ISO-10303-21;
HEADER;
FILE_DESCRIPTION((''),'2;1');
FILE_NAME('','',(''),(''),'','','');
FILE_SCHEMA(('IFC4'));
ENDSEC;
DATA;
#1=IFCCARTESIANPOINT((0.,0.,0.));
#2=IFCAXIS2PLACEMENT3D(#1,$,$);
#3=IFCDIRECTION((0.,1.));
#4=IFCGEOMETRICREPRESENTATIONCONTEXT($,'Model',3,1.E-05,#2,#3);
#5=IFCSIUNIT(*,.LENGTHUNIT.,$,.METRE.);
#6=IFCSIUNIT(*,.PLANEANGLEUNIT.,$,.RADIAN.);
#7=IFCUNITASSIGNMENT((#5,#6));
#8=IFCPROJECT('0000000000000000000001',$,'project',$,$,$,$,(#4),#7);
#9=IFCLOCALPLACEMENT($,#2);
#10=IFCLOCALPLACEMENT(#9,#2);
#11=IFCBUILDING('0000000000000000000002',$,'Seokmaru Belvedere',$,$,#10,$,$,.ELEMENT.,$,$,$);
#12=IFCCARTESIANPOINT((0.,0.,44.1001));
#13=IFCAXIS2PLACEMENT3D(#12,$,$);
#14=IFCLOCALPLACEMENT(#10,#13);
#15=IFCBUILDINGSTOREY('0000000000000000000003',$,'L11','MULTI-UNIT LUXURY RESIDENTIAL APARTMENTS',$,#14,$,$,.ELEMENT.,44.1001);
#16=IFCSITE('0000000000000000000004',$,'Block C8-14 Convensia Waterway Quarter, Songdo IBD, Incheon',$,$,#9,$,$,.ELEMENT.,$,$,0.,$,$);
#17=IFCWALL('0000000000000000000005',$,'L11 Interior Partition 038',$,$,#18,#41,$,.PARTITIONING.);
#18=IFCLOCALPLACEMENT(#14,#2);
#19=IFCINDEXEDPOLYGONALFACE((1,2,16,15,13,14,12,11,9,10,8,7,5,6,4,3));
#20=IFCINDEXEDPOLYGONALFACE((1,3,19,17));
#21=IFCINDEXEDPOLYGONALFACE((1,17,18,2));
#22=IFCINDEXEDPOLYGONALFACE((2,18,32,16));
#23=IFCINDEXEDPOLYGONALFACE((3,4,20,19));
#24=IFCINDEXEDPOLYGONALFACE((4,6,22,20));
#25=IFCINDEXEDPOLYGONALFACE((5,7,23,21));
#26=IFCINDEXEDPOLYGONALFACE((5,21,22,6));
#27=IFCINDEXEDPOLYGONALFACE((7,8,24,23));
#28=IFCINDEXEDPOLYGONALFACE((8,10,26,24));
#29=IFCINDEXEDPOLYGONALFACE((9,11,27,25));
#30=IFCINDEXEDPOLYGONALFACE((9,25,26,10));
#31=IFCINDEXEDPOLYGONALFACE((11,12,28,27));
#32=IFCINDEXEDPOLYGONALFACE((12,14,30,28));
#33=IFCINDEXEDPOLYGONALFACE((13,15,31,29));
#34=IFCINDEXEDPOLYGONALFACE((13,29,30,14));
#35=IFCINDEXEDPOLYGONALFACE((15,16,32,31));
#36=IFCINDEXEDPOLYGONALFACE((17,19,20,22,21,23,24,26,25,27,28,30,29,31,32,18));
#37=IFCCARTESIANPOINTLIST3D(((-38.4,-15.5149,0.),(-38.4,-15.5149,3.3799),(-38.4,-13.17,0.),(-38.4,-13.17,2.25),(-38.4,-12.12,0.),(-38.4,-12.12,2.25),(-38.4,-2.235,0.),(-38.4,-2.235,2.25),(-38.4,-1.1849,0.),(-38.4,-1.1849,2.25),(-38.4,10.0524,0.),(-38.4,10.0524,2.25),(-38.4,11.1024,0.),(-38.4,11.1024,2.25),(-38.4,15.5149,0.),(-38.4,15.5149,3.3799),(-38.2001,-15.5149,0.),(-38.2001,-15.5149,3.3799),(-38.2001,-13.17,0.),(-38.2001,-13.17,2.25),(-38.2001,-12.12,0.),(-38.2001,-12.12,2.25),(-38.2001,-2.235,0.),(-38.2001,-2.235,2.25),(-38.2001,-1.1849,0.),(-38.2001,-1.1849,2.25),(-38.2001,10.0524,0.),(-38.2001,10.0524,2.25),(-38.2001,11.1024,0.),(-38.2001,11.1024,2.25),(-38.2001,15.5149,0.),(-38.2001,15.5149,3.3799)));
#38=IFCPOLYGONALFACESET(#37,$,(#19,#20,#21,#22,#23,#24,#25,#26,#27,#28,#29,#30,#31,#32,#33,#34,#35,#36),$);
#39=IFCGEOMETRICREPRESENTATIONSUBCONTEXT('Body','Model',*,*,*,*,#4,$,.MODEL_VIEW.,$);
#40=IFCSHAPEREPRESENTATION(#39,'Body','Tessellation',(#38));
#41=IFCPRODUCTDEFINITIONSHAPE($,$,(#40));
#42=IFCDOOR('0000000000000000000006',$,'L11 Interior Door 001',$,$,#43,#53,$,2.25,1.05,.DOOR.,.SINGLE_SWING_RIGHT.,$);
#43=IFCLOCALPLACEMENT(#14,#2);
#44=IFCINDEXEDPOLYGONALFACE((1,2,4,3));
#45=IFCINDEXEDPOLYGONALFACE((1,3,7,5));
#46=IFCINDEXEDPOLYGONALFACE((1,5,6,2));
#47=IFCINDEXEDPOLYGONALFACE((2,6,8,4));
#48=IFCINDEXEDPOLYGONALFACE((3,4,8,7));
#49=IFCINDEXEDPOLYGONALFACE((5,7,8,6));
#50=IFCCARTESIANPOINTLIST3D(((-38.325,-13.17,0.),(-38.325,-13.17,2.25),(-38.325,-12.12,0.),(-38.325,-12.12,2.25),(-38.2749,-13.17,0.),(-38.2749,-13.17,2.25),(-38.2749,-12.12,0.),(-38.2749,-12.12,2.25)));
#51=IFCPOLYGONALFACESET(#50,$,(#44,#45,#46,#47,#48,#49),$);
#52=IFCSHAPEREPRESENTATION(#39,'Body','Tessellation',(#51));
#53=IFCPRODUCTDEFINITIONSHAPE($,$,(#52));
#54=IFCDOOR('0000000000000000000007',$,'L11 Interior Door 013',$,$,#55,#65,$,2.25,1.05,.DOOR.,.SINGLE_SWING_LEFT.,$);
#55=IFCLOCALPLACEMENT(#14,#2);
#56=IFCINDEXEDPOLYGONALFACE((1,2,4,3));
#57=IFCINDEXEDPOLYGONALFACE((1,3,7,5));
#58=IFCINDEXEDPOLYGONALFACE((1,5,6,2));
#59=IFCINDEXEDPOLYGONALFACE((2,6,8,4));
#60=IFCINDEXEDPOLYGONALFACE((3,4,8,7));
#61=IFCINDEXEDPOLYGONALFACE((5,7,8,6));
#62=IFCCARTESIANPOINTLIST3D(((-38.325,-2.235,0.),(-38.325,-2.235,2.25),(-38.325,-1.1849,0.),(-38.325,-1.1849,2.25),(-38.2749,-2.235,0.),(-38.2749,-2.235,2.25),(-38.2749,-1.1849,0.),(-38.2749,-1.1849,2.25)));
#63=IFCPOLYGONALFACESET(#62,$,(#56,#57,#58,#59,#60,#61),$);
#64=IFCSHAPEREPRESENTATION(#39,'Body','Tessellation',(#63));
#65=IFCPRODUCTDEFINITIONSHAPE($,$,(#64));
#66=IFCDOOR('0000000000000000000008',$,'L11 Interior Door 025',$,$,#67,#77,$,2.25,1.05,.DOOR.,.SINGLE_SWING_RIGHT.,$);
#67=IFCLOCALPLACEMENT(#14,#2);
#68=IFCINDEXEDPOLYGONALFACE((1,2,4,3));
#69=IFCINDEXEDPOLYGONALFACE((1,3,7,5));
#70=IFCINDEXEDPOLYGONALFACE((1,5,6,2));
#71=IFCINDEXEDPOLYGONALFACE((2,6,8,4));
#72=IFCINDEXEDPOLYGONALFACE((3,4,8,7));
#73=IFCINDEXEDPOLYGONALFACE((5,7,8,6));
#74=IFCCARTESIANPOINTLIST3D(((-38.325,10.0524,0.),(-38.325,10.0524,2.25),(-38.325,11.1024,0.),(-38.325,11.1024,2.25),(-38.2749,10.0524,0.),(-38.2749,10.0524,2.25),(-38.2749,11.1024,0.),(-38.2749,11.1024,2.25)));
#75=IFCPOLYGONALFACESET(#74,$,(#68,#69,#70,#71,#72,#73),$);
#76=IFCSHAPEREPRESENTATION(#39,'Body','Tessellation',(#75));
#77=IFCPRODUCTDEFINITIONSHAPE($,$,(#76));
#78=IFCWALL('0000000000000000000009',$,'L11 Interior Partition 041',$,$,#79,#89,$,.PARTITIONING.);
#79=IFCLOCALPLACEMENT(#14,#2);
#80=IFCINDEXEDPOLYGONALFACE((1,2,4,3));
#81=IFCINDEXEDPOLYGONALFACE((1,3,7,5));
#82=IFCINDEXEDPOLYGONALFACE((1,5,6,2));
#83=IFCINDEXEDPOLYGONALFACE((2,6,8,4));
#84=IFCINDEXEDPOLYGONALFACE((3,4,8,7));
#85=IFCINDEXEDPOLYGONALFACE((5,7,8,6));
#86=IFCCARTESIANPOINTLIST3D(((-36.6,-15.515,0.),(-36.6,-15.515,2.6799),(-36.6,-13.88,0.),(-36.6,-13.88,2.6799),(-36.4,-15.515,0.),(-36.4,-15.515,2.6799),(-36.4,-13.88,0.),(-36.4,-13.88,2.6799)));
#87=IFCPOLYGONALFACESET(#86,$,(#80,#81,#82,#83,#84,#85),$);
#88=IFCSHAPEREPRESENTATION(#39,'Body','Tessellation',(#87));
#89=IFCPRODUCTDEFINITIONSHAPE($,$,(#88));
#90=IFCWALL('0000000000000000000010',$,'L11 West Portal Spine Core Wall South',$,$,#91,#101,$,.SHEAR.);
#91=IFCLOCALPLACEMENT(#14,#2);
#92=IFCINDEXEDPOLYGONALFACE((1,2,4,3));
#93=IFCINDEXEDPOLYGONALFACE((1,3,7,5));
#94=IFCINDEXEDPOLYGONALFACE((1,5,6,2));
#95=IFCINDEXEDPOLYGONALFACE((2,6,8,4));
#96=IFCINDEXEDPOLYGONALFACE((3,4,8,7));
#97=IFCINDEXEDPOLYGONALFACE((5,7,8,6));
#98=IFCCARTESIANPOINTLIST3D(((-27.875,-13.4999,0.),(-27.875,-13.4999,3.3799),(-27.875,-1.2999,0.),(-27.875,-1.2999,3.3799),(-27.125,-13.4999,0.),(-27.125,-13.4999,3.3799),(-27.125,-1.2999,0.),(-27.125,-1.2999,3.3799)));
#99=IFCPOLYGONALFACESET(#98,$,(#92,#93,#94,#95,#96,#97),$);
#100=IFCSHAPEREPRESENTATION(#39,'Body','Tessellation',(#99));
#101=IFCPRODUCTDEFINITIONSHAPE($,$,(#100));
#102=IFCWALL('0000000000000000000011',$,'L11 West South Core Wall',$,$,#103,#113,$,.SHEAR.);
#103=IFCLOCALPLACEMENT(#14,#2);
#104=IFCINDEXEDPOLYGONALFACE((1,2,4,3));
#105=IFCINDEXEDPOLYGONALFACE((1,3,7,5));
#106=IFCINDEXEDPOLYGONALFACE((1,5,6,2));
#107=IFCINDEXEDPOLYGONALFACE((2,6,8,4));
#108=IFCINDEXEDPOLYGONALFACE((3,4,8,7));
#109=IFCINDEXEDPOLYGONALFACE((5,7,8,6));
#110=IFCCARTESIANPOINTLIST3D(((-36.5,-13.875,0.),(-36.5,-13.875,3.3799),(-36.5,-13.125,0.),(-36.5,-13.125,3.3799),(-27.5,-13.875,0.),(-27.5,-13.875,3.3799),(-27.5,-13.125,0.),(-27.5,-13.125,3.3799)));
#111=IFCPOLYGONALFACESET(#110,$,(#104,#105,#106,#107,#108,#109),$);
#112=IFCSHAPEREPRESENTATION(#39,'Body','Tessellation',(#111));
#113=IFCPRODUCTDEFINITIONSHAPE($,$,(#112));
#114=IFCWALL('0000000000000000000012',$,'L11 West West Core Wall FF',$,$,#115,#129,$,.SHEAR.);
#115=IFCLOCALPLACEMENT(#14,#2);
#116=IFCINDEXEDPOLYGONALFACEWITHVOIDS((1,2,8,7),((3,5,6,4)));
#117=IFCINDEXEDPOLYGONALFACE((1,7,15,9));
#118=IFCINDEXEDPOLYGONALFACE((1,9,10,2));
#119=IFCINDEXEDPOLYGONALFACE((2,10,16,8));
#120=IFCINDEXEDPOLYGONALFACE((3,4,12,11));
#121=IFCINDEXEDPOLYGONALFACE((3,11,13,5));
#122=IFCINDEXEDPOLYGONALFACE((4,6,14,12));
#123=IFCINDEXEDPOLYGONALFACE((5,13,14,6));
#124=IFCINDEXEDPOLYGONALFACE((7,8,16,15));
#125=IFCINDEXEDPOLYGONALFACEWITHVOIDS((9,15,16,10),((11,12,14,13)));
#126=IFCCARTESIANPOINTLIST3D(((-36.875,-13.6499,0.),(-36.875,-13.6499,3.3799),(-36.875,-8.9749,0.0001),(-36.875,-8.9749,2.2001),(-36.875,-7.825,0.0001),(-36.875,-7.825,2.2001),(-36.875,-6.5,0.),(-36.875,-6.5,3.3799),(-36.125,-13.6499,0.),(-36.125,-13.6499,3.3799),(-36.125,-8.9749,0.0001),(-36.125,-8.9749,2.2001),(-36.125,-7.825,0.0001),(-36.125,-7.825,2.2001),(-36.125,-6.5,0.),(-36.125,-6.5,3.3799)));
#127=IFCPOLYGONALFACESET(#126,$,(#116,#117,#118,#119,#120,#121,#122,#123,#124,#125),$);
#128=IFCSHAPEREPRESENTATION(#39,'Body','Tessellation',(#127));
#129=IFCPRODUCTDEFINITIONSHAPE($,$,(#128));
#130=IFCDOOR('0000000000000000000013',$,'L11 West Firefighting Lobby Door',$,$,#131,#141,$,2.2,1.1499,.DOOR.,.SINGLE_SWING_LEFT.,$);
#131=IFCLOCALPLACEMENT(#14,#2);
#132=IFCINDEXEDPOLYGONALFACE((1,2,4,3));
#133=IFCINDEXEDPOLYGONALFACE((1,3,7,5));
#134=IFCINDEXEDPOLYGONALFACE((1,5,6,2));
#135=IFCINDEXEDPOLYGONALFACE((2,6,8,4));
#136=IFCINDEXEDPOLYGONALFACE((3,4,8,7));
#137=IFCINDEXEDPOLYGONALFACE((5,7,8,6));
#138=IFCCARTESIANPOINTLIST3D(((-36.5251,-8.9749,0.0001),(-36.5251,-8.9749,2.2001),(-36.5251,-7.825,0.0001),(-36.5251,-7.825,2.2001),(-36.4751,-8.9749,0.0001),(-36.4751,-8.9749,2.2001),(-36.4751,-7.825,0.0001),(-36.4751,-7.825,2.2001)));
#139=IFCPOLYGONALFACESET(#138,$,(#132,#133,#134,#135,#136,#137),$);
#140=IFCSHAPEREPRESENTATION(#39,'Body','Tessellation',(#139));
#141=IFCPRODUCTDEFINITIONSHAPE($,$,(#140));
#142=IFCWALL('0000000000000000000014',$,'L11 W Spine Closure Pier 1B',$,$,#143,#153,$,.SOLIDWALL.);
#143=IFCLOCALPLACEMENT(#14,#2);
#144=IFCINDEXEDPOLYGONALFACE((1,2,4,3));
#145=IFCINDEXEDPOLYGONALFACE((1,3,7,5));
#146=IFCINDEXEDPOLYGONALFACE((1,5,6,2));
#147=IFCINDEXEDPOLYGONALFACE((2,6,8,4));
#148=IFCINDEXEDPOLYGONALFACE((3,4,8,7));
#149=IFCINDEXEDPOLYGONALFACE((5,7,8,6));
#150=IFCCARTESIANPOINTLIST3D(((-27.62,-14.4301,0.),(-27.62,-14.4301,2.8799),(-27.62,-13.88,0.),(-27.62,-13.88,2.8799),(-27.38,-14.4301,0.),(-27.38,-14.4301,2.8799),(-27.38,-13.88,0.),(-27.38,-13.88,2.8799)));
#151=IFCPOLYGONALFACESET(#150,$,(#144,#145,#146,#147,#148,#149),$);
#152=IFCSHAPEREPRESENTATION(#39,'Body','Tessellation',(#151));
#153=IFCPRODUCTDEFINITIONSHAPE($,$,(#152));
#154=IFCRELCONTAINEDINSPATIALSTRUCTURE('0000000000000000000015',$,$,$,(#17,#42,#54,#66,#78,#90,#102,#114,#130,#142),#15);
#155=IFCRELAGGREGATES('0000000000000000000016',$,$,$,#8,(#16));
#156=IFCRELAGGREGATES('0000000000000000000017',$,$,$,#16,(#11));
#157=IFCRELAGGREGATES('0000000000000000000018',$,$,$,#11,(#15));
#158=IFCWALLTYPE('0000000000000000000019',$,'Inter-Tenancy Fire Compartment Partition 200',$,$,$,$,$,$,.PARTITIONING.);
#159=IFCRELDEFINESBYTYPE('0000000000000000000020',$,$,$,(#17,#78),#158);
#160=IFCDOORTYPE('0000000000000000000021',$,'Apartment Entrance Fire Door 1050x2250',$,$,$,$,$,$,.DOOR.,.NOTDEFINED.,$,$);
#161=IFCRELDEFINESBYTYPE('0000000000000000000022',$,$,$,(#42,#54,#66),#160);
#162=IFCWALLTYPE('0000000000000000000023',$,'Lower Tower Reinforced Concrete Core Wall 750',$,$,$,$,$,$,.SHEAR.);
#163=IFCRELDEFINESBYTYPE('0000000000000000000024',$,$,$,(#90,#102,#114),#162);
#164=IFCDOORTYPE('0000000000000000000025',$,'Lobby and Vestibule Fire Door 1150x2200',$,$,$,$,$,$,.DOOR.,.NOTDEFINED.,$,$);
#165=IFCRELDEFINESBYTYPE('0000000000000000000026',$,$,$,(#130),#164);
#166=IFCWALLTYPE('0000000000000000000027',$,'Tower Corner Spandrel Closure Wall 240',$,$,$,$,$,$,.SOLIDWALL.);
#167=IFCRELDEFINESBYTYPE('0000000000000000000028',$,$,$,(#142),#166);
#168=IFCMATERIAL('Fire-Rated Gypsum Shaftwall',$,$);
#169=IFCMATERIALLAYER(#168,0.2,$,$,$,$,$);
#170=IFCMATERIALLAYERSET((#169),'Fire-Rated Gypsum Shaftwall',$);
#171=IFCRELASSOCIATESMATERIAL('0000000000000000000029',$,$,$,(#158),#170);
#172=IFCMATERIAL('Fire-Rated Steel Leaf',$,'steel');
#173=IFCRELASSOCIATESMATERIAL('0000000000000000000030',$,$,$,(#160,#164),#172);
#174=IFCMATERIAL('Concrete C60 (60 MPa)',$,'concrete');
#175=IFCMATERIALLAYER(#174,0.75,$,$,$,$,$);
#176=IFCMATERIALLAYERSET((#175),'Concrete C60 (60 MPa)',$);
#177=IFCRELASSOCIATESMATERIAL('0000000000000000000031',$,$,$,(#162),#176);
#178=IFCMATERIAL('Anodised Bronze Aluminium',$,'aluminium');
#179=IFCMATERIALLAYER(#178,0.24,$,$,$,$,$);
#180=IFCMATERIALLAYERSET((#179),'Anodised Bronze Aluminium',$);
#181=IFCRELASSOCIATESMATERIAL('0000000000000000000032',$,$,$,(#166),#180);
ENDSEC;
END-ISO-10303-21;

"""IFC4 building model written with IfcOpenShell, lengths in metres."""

from ifc_helpers import new_model, si_unit, direction, frame, frame_2d, origin, place, context, subcontext, project, spatial, rectangle, extrude, source, transform, mapped, material, layer, layer_set, type_object, type_shapes, element, fill, save


model = new_model("IFC4")

# Units and contexts
model_context = context("Model", 3, precision=1e-05, world=origin(), true_north=direction((0.0, 1.0)))
body_context = subcontext(model_context, "Body", "Model", "MODEL_VIEW")
ifc_project = project(units=[si_unit("LENGTHUNIT", "METRE"), si_unit("PLANEANGLEUNIT", "RADIAN")], contexts=[model_context])

# Site, building, storey
site_placement = place(None, origin())
site = spatial("IfcSite", under=ifc_project, at=site_placement, Name="Block C8-14 Convensia Waterway Quarter, Songdo IBD, Incheon", CompositionType="ELEMENT", RefElevation=0.0)
building_placement = place(site_placement, origin())
building = spatial("IfcBuilding", under=site, at=building_placement, Name="Seokmaru Belvedere", CompositionType="ELEMENT")
storey_placement = place(building_placement, frame((0.0, 0.0, 44.1001)))
storey = spatial("IfcBuildingStorey", under=building, at=storey_placement, Name="L11", Description="MULTI-UNIT LUXURY RESIDENTIAL APARTMENTS", CompositionType="ELEMENT", Elevation=44.1001)

# Shared definitions
ifc_material_1 = material(Name="Anodised Bronze Aluminium", Category="aluminium")

# Wall, openings, doors
ifc_material_2 = material(Name="Fire-Rated Gypsum Shaftwall")
ifc_layer_1 = layer(ifc_material_2, 0.2)
ifc_layer_set_1 = layer_set([ifc_layer_1], Name="Fire-Rated Gypsum Shaftwall")
wall_type_1 = type_object("IfcWallType", Name="Inter-Tenancy Fire Compartment Partition 200", PredefinedType="PARTITIONING", material=ifc_layer_set_1)
wall_1_placement = place(storey_placement, frame((-38.3, -15.5149, 0.0), z_axis=(0.0, 0.0, 1.0), x_axis=(0.0, 1.0, 0.0)))
wall_1 = element("IfcWall", 1, at=wall_1_placement, inside=storey, type_object=wall_type_1, Name="L11 Interior Partition 038", PredefinedType="PARTITIONING", context=body_context, shape_type="SweptSolid", body=[
    extrude(rectangle(XDim=31.0298, YDim=0.2, at=frame_2d((15.5149, 0.0))), origin(), (0.0, 0.0, 1.0), 3.3799),
])
opening_1_placement = place(wall_1_placement, frame((2.345, 0.0, 0.0)))
opening_1 = element("IfcOpeningElement", 2, at=opening_1_placement, cuts=wall_1, PredefinedType="OPENING", context=body_context, shape_type="SweptSolid", body=[
    extrude(rectangle(XDim=1.05, YDim=2.25, at=frame_2d((0.5249, 1.125))), frame((0.0, 0.1099, 0.0), z_axis=(0.0, -1.0, 0.0), x_axis=(1.0, 0.0, 0.0)), (0.0, 0.0, 1.0), 0.22),
])
opening_2_placement = place(wall_1_placement, frame((13.28, 0.0, 0.0)))
opening_2 = element("IfcOpeningElement", 3, at=opening_2_placement, cuts=wall_1, PredefinedType="OPENING", context=body_context, shape_type="SweptSolid", body=[
    extrude(rectangle(XDim=1.05, YDim=2.25, at=frame_2d((0.5249, 1.125))), frame((0.0, 0.1099, 0.0), z_axis=(0.0, -1.0, 0.0), x_axis=(1.0, 0.0, 0.0)), (0.0, 0.0, 1.0), 0.22),
])
opening_3_placement = place(wall_1_placement, frame((25.5674, 0.0, 0.0)))
opening_3 = element("IfcOpeningElement", 4, at=opening_3_placement, cuts=wall_1, PredefinedType="OPENING", context=body_context, shape_type="SweptSolid", body=[
    extrude(rectangle(XDim=1.05, YDim=2.25, at=frame_2d((0.5249, 1.125))), frame((0.0, 0.1099, 0.0), z_axis=(0.0, -1.0, 0.0), x_axis=(1.0, 0.0, 0.0)), (0.0, 0.0, 1.0), 0.22),
])
ifc_material_3 = material(Name="Fire-Rated Steel Leaf", Category="steel")
door_type_1 = type_object("IfcDoorType", Name="Apartment Entrance Fire Door 1050x2250", OperationType="NOTDEFINED", PredefinedType="DOOR", material=ifc_material_3)
shared_shape_1 = source(origin(), body_context, "Body", "SweptSolid", [
    extrude(rectangle(XDim=1.05, YDim=2.25, at=frame_2d((0.5249, 1.125))), frame((0.0, 0.0249, 0.0), z_axis=(0.0, -1.0, 0.0), x_axis=(1.0, 0.0, 0.0)), (0.0, 0.0, 1.0), 0.05),
])
type_shapes(door_type_1, [shared_shape_1])
door_1_placement = place(opening_1_placement, origin())
door_1 = element("IfcDoor", 5, at=door_1_placement, inside=storey, type_object=door_type_1, Name="L11 Interior Door 001", OperationType="SINGLE_SWING_RIGHT", OverallHeight=2.25, OverallWidth=1.05, PredefinedType="DOOR", context=body_context, shape_type="MappedRepresentation", body=[
    mapped(shared_shape_1, transform((0.0, 0.0, 0.0), scale=1.0)),
])
fill(opening_1, door_1)
door_2_placement = place(opening_2_placement, origin())
door_2 = element("IfcDoor", 6, at=door_2_placement, inside=storey, type_object=door_type_1, Name="L11 Interior Door 013", OperationType="SINGLE_SWING_LEFT", OverallHeight=2.25, OverallWidth=1.05, PredefinedType="DOOR", context=body_context, shape_type="MappedRepresentation", body=[
    mapped(shared_shape_1, transform((0.0, 0.0, 0.0), scale=1.0)),
])
fill(opening_2, door_2)
door_3_placement = place(opening_3_placement, origin())
door_3 = element("IfcDoor", 7, at=door_3_placement, inside=storey, type_object=door_type_1, Name="L11 Interior Door 025", OperationType="SINGLE_SWING_RIGHT", OverallHeight=2.25, OverallWidth=1.05, PredefinedType="DOOR", context=body_context, shape_type="MappedRepresentation", body=[
    mapped(shared_shape_1, transform((0.0, 0.0, 0.0), scale=1.0)),
])
fill(opening_3, door_3)

# Walls
wall_2_placement = place(storey_placement, frame((-36.5, -15.5149, 0.0), z_axis=(0.0, 0.0, 1.0), x_axis=(0.0, 1.0, 0.0)))
element("IfcWall", 8, at=wall_2_placement, inside=storey, type_object=wall_type_1, Name="L11 Interior Partition 041", PredefinedType="PARTITIONING", context=body_context, shape_type="SweptSolid", body=[
    extrude(rectangle(XDim=1.635, YDim=0.2, at=frame_2d((0.8174, 0.0))), origin(), (0.0, 0.0, 1.0), 2.6799),
])
ifc_material_4 = material(Name="Concrete C60 (60 MPa)", Category="concrete")
ifc_layer_2 = layer(ifc_material_4, 0.75)
ifc_layer_set_2 = layer_set([ifc_layer_2], Name="Concrete C60 (60 MPa)")
wall_type_2 = type_object("IfcWallType", Name="Lower Tower Reinforced Concrete Core Wall 750", PredefinedType="SHEAR", material=ifc_layer_set_2)
wall_3_placement = place(storey_placement, frame((-27.5, -13.5, 0.0), z_axis=(0.0, 0.0, 1.0), x_axis=(0.0, 1.0, 0.0)))
element("IfcWall", 9, at=wall_3_placement, inside=storey, type_object=wall_type_2, Name="L11 West Portal Spine Core Wall South", PredefinedType="SHEAR", context=body_context, shape_type="SweptSolid", body=[
    extrude(rectangle(XDim=12.2, YDim=0.75, at=frame_2d((6.1001, 0.0))), origin(), (0.0, 0.0, 1.0), 3.3799),
])
wall_4_placement = place(storey_placement, frame((-36.5, -13.5, 0.0), z_axis=(0.0, 0.0, 1.0), x_axis=(1.0, 0.0, 0.0)))
element("IfcWall", 10, at=wall_4_placement, inside=storey, type_object=wall_type_2, Name="L11 West South Core Wall", PredefinedType="SHEAR", context=body_context, shape_type="SweptSolid", body=[
    extrude(rectangle(XDim=9.0, YDim=0.75, at=frame_2d((4.5, 0.0))), origin(), (0.0, 0.0, 1.0), 3.3799),
])

# Wall, opening, door
wall_5_placement = place(storey_placement, frame((-36.5, -13.6499, 0.0), z_axis=(0.0, 0.0, 1.0), x_axis=(0.0, 1.0, 0.0)))
wall_5 = element("IfcWall", 11, at=wall_5_placement, inside=storey, type_object=wall_type_2, Name="L11 West West Core Wall FF", PredefinedType="SHEAR", context=body_context, shape_type="SweptSolid", body=[
    extrude(rectangle(XDim=7.1499, YDim=0.75, at=frame_2d((3.575, 0.0))), origin(), (0.0, 0.0, 1.0), 3.3799),
])
opening_4_placement = place(wall_5_placement, frame((4.675, 0.0, 0.0)))
opening_4 = element("IfcOpeningElement", 12, at=opening_4_placement, cuts=wall_5, PredefinedType="OPENING", context=body_context, shape_type="SweptSolid", body=[
    extrude(rectangle(XDim=1.1499, YDim=2.2, at=frame_2d((0.575, 1.1001))), frame((0.0, 0.385, 0.0), z_axis=(0.0, -1.0, 0.0), x_axis=(1.0, 0.0, 0.0)), (0.0, 0.0, 1.0), 0.77),
])
door_type_2 = type_object("IfcDoorType", Name="Lobby and Vestibule Fire Door 1150x2200", OperationType="NOTDEFINED", PredefinedType="DOOR", material=ifc_material_3)
shared_shape_2 = source(origin(), body_context, "Body", "SweptSolid", [
    extrude(rectangle(XDim=1.1499, YDim=2.2, at=frame_2d((0.575, 1.1001))), frame((0.0, 0.0249, 0.0), z_axis=(0.0, -1.0, 0.0), x_axis=(1.0, 0.0, 0.0)), (0.0, 0.0, 1.0), 0.05),
])
type_shapes(door_type_2, [shared_shape_2])
door_4_placement = place(opening_4_placement, frame((1.1499, 0.0, 0.0), z_axis=(0.0, 0.0, 1.0), x_axis=(-1.0, 0.0, 0.0)))
door_4 = element("IfcDoor", 13, at=door_4_placement, inside=storey, type_object=door_type_2, Name="L11 West Firefighting Lobby Door", OperationType="SINGLE_SWING_LEFT", OverallHeight=2.2, OverallWidth=1.1499, PredefinedType="DOOR", context=body_context, shape_type="MappedRepresentation", body=[
    mapped(shared_shape_2, transform((0.0, 0.0, 0.0), scale=1.0)),
])
fill(opening_4, door_4)

# Wall
ifc_layer_3 = layer(ifc_material_1, 0.24)
ifc_layer_set_3 = layer_set([ifc_layer_3], Name="Anodised Bronze Aluminium")
wall_type_3 = type_object("IfcWallType", Name="Tower Corner Spandrel Closure Wall 240", PredefinedType="SOLIDWALL", material=ifc_layer_set_3)
wall_6_placement = place(storey_placement, frame((-27.5, -14.4299, 0.0), z_axis=(0.0, 0.0, 1.0), x_axis=(0.0, 1.0, 0.0)))
element("IfcWall", 14, at=wall_6_placement, inside=storey, type_object=wall_type_3, Name="L11 W Spine Closure Pier 1B", PredefinedType="SOLIDWALL", context=body_context, shape_type="SweptSolid", body=[
    extrude(rectangle(XDim=0.55, YDim=0.24, at=frame_2d((0.2749, 0.0))), origin(), (0.0, 0.0, 1.0), 2.8799),
])

save(model, "model.ifc")
